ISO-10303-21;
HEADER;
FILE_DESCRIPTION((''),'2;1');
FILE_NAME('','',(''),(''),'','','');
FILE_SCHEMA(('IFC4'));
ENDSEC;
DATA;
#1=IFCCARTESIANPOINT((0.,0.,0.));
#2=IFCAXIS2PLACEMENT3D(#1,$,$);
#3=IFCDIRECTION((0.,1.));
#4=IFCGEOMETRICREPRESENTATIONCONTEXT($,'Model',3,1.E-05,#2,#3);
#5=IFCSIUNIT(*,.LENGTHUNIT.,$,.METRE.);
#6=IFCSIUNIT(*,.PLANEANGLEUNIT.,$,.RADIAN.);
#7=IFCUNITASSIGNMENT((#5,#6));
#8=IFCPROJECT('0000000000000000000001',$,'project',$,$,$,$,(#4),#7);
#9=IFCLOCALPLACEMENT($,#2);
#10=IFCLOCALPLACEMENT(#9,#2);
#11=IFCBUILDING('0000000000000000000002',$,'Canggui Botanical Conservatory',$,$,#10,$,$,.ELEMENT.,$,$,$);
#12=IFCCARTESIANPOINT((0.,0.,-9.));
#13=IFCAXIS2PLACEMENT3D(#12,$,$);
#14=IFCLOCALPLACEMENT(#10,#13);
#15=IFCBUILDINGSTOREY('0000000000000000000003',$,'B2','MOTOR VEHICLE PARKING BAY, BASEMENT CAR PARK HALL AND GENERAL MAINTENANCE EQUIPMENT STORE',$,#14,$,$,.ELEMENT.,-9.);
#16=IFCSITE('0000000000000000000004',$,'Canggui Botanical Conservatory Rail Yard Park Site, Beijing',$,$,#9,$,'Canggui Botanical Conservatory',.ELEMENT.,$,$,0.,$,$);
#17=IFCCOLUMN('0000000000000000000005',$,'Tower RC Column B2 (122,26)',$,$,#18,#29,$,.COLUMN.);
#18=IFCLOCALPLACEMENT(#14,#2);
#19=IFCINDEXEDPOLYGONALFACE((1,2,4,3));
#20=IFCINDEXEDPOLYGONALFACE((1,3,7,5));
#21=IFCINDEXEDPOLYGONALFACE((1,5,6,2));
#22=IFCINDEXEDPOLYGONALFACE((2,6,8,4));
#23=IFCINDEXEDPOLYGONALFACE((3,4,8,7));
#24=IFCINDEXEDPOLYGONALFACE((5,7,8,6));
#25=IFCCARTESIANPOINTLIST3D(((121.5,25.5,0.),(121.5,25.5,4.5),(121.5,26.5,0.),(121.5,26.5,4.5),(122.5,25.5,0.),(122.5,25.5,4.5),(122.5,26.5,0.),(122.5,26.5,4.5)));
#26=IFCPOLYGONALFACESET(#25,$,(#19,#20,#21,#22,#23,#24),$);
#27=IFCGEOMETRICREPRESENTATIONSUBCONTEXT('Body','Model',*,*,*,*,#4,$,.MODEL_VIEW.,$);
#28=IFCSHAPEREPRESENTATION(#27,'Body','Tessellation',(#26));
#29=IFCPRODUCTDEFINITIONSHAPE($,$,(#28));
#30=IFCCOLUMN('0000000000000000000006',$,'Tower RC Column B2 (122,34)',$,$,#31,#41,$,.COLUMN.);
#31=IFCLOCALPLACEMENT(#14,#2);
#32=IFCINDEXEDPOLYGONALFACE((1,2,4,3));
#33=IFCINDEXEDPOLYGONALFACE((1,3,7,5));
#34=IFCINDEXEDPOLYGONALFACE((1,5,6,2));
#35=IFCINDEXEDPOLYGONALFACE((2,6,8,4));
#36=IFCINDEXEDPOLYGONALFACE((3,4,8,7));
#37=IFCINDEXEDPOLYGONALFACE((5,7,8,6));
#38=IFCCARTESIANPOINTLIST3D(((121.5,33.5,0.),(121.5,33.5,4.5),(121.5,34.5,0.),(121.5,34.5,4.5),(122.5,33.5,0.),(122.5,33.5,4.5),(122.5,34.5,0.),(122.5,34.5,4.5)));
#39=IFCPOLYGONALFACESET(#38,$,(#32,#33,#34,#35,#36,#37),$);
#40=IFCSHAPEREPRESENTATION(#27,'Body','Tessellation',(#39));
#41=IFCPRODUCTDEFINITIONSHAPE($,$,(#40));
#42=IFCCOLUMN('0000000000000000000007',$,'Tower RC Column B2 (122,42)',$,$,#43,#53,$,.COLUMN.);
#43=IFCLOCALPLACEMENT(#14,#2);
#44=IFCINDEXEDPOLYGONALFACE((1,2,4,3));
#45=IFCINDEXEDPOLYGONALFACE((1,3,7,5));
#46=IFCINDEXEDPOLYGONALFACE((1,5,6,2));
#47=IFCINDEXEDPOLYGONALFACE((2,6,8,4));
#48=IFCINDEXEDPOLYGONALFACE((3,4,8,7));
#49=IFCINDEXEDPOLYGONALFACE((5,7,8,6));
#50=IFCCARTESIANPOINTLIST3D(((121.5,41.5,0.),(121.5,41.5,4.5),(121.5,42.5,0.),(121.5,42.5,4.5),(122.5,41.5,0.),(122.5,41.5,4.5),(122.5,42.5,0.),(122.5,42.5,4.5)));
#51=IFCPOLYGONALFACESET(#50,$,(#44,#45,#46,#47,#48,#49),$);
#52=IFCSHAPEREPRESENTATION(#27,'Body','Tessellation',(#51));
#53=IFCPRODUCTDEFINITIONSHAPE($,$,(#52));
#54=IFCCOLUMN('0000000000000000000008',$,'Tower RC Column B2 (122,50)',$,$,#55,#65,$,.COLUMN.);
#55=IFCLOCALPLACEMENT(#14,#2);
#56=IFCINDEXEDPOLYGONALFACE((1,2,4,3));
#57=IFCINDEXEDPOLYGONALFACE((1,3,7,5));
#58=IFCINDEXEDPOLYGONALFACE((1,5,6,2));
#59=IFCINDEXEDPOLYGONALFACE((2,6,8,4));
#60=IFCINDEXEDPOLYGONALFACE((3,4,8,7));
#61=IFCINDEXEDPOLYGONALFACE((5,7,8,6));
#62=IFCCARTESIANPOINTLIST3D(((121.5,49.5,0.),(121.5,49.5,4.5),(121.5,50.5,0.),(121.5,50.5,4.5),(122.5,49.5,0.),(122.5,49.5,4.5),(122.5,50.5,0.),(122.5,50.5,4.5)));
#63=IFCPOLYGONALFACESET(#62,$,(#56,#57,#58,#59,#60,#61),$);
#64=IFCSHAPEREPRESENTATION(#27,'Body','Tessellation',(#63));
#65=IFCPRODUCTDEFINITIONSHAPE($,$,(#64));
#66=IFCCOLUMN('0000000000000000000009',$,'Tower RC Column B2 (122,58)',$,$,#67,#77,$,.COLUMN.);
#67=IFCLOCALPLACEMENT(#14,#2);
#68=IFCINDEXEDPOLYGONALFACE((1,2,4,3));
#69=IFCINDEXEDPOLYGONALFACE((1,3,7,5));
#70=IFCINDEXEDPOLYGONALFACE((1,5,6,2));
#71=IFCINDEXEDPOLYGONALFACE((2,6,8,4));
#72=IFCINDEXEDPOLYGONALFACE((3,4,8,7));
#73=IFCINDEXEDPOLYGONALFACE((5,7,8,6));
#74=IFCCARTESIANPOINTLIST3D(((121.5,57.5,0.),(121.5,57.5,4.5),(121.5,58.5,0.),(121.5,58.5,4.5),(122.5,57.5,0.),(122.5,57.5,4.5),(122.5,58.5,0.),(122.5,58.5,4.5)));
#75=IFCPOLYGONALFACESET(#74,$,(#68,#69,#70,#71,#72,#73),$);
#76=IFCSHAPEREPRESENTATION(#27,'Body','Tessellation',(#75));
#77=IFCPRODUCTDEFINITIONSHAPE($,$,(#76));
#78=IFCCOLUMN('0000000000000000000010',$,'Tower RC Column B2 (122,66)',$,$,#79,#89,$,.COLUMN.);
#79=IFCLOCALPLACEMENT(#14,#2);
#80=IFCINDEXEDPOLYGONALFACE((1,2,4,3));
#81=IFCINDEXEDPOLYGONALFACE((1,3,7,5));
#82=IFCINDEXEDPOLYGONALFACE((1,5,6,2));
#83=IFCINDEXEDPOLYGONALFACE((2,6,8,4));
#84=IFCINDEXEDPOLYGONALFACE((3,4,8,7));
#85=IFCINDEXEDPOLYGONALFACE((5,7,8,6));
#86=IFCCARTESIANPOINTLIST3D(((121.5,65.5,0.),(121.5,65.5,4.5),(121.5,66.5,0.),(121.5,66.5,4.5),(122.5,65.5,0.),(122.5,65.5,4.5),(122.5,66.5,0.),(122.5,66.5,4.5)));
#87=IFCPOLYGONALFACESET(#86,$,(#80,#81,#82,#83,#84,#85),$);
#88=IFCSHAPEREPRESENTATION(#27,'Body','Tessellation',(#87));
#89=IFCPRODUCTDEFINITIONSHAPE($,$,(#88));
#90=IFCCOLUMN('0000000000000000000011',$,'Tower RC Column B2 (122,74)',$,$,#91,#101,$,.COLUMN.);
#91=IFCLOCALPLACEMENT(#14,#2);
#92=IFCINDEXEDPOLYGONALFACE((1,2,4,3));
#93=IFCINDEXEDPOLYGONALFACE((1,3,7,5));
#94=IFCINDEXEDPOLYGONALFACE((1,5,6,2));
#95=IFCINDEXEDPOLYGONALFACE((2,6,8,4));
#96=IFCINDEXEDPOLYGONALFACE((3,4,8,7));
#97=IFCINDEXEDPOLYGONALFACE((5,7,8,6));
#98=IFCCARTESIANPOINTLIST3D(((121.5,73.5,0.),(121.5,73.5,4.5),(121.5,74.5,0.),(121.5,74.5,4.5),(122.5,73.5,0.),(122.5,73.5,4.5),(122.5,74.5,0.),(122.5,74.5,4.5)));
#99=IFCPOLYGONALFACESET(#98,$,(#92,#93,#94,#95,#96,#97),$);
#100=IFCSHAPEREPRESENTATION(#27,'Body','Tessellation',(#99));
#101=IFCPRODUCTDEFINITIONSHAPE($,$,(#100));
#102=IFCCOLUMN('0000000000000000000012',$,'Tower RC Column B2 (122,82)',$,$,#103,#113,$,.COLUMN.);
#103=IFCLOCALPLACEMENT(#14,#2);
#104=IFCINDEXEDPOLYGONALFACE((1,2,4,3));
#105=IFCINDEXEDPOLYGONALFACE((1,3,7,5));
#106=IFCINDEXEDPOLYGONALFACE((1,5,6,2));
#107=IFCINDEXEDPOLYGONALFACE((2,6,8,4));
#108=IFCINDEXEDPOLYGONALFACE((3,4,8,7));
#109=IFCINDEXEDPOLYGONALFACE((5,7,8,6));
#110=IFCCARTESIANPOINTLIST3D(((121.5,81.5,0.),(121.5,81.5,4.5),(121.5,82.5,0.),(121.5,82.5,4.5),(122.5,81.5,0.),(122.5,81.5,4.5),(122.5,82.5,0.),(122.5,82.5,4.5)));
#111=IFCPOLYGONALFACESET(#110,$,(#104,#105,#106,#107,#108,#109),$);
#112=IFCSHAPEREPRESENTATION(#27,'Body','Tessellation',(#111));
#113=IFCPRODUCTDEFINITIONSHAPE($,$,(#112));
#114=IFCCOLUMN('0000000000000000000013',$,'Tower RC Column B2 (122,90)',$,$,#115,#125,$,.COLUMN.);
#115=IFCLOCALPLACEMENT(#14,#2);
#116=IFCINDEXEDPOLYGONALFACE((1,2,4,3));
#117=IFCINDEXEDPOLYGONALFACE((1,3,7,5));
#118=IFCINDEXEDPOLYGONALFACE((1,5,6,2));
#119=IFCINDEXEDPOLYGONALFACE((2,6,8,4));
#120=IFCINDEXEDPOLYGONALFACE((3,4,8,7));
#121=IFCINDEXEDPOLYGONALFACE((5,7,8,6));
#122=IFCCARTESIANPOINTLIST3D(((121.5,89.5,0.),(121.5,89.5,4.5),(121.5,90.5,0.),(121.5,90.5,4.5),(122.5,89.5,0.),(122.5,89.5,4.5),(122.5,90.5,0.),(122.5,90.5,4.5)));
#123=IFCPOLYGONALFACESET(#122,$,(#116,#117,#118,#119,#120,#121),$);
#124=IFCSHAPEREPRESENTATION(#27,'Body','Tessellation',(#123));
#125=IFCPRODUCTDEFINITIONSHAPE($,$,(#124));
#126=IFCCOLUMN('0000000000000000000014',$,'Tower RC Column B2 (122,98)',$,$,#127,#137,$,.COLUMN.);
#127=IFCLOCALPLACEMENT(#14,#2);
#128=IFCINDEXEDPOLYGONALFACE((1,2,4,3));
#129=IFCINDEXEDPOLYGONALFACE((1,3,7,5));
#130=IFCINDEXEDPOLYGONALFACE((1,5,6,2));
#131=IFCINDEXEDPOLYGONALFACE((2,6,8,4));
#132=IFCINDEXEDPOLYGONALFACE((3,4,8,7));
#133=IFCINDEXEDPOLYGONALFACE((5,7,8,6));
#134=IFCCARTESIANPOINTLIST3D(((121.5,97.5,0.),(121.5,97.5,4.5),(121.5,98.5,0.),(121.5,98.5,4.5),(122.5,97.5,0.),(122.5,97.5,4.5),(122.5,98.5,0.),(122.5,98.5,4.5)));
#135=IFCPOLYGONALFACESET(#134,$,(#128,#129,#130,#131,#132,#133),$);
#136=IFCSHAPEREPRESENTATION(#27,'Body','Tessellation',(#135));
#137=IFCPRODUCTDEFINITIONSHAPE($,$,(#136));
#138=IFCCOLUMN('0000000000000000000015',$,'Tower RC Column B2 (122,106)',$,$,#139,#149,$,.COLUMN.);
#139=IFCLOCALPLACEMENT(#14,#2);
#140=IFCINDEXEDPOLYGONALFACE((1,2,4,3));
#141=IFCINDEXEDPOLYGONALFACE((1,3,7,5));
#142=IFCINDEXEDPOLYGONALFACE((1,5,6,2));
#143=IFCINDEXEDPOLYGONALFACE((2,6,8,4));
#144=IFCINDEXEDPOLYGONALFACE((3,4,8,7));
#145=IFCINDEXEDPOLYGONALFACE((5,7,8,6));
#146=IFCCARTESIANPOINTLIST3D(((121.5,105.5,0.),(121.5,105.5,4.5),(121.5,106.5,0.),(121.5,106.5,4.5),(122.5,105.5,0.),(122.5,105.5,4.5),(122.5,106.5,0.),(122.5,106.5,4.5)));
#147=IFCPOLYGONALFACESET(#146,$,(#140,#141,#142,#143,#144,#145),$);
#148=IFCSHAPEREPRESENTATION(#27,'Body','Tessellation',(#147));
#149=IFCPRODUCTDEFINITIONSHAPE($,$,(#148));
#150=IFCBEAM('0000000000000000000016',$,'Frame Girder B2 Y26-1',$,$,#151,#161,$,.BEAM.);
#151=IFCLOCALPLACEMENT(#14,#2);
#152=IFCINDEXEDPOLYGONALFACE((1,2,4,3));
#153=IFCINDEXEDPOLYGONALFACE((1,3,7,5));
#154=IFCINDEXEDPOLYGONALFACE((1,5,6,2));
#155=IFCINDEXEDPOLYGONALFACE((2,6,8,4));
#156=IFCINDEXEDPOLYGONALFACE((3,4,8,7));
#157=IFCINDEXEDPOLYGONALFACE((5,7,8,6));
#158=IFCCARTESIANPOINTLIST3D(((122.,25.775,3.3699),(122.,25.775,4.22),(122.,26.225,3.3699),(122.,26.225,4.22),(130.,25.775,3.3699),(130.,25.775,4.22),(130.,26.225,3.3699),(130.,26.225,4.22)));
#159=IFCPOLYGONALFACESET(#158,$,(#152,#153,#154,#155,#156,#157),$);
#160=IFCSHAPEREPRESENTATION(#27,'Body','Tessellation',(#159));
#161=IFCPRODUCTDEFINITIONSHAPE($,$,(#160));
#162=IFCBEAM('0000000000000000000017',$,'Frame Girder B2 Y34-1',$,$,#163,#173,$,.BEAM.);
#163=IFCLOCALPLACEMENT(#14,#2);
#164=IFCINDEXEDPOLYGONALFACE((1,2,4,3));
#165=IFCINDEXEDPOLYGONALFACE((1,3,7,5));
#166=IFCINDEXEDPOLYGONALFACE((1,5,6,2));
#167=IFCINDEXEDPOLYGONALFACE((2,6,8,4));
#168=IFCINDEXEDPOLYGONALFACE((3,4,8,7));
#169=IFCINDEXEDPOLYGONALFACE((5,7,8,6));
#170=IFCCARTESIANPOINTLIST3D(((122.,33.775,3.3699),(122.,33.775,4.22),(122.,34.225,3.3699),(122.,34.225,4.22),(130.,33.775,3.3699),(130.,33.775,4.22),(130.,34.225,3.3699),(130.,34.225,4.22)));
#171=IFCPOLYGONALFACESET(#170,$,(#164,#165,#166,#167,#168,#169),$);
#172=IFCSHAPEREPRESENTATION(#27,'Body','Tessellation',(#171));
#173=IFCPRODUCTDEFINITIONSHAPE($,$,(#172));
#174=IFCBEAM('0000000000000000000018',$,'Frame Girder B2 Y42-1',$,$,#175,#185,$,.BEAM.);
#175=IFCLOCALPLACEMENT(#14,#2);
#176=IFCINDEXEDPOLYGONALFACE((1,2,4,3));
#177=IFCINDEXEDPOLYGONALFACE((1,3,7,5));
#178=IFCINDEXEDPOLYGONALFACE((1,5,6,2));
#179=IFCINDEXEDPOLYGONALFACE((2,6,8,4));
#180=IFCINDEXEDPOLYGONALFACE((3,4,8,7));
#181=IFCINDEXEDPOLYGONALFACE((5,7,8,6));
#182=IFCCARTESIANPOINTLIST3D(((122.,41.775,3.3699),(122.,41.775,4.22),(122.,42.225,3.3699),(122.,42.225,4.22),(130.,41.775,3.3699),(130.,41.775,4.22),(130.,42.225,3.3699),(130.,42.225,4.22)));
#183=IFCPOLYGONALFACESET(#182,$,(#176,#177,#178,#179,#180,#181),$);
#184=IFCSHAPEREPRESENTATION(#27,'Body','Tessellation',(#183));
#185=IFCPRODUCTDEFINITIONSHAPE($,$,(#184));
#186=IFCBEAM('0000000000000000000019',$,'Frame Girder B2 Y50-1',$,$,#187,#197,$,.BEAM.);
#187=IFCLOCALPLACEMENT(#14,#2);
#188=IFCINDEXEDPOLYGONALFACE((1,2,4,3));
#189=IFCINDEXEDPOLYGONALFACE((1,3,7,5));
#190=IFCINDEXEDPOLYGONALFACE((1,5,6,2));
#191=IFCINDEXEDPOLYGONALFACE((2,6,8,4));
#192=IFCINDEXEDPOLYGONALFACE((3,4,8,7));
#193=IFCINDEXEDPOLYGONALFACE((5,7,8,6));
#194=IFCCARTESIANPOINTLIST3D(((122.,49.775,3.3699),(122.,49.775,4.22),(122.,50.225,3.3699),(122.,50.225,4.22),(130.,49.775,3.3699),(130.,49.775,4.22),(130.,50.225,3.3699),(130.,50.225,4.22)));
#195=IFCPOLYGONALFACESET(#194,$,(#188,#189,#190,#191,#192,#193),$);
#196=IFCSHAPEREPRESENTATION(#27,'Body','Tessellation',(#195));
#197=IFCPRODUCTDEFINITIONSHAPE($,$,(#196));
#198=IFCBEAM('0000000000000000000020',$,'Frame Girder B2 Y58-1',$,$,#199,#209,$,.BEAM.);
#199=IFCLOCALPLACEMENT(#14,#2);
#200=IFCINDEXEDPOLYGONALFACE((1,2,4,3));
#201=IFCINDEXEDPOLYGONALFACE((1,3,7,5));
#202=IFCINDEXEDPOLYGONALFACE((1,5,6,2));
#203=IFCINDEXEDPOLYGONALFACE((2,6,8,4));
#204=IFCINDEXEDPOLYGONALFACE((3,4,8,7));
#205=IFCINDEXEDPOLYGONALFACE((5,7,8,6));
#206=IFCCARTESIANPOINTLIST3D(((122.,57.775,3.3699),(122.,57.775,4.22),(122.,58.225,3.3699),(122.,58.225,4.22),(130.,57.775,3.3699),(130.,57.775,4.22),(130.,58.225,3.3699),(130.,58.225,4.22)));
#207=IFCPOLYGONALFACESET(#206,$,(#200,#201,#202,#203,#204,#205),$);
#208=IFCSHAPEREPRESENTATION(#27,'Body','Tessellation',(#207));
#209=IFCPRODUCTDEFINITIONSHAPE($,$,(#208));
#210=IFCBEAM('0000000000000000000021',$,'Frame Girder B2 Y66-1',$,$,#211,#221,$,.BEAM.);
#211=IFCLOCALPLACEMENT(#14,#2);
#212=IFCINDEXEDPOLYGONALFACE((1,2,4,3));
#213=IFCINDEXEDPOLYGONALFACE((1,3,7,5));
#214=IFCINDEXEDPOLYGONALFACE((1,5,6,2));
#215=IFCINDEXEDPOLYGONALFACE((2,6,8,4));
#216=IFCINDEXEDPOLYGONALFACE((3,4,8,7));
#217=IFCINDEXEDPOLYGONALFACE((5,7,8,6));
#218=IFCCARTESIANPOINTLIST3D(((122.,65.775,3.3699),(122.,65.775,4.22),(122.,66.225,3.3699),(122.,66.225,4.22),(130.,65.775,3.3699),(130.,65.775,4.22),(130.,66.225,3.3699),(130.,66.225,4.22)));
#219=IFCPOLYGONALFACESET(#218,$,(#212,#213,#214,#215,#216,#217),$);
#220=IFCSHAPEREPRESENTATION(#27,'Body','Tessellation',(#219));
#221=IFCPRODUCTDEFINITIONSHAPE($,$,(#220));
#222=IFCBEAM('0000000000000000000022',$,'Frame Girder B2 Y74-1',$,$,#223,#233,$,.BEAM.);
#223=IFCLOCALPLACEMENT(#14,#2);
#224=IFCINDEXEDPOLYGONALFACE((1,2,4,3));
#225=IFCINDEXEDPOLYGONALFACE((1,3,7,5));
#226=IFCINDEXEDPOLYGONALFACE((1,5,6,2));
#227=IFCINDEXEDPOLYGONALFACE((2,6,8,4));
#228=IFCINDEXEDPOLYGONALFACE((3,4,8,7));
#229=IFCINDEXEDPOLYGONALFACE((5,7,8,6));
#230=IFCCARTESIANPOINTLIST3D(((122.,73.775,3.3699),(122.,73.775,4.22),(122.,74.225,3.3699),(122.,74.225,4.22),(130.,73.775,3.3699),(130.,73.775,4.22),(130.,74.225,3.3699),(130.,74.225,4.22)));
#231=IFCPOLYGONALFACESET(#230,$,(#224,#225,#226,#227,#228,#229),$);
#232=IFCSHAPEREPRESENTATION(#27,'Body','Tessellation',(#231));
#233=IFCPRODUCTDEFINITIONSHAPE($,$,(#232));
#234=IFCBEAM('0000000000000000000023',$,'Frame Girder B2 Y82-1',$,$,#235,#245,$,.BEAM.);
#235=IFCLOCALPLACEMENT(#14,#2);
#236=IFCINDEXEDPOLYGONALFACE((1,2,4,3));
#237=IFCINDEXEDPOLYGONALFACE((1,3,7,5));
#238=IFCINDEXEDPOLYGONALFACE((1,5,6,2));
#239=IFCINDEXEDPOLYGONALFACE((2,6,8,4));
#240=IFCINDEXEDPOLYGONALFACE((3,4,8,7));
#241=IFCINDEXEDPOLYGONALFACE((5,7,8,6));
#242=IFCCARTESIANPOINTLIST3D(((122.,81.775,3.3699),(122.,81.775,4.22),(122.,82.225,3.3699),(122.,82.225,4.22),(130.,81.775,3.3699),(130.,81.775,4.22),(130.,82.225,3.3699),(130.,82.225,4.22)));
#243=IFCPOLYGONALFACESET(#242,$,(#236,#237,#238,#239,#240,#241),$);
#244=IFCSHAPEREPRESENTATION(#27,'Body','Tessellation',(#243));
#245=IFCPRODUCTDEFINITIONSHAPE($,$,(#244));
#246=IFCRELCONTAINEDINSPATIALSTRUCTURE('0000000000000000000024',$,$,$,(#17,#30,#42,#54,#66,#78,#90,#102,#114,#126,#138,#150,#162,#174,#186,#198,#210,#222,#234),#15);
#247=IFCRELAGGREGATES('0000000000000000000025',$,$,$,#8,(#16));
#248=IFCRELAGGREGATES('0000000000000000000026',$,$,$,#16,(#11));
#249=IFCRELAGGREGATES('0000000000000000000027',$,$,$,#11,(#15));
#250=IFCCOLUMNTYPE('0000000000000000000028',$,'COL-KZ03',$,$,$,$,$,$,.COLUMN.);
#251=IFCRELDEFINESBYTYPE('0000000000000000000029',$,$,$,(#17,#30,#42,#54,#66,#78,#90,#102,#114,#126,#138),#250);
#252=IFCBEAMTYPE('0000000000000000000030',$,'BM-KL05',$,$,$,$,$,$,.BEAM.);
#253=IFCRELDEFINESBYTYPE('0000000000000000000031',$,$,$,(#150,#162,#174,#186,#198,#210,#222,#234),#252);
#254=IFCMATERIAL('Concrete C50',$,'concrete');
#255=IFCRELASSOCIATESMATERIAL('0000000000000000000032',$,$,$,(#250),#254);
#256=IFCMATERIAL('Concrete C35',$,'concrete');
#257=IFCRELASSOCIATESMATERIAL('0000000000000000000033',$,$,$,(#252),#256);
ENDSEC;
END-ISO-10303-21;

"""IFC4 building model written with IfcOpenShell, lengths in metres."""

from ifc_helpers import new_model, si_unit, direction, frame, origin, origin_2d, place, context, subcontext, project, spatial, rectangle, extrude, material, material_profile, profile_set, type_object, element, save


model = new_model("IFC4")

# Units and contexts
model_context = context("Model", 3, precision=1e-05, world=origin(), true_north=direction((0.0, 1.0)))
body_context = subcontext(model_context, "Body", "Model", "MODEL_VIEW")
ifc_project = project(units=[si_unit("LENGTHUNIT", "METRE"), si_unit("PLANEANGLEUNIT", "RADIAN")], contexts=[model_context])

# Site, building, storey
site_placement = place(None, origin())
site = spatial("IfcSite", under=ifc_project, at=site_placement, Name="Canggui Botanical Conservatory Rail Yard Park Site, Beijing", LongName="Canggui Botanical Conservatory", CompositionType="ELEMENT", RefElevation=0.0)
building_placement = place(site_placement, origin())
building = spatial("IfcBuilding", under=site, at=building_placement, Name="Canggui Botanical Conservatory", CompositionType="ELEMENT")
storey_placement = place(building_placement, frame((0.0, 0.0, -9.0)))
storey = spatial("IfcBuildingStorey", under=building, at=storey_placement, Name="B2", Description="MOTOR VEHICLE PARKING BAY, BASEMENT CAR PARK HALL AND GENERAL MAINTENANCE EQUIPMENT STORE", CompositionType="ELEMENT", Elevation=-9.0)

# Columns
ifc_material_1 = material(Name="Concrete C50", Category="concrete")
ifc_material_profile_1 = material_profile(ifc_material_1, rectangle(XDim=1.0, YDim=1.0, at=origin_2d()), Name="RC 1000x1000")
ifc_profile_set_1 = profile_set([ifc_material_profile_1], Name="Concrete C50")
column_type = type_object("IfcColumnType", Name="COL-KZ03", PredefinedType="COLUMN", material=ifc_profile_set_1)
for number, where, z_axis, x_axis, name in (
    (1, (122.0, 26.0, 0.0), (0.0, 0.0, 1.0), (1.0, 0.0, 0.0), "Tower RC Column B2 (122,26)"),
    (2, (122.0, 34.0, 0.0), (0.0, 0.0, 1.0), (1.0, 0.0, 0.0), "Tower RC Column B2 (122,34)"),
    (3, (122.0, 42.0, 0.0), (0.0, 0.0, 1.0), (1.0, 0.0, 0.0), "Tower RC Column B2 (122,42)"),
    (4, (122.0, 50.0, 0.0), (0.0, 0.0, 1.0), (1.0, 0.0, 0.0), "Tower RC Column B2 (122,50)"),
    (5, (122.0, 58.0, 0.0), (0.0, 0.0, 1.0), (1.0, 0.0, 0.0), "Tower RC Column B2 (122,58)"),
    (6, (122.0, 66.0, 0.0), (0.0, 0.0, 1.0), (1.0, 0.0, 0.0), "Tower RC Column B2 (122,66)"),
    (7, (122.0, 74.0, 0.0), (0.0, 0.0, 1.0), (1.0, 0.0, 0.0), "Tower RC Column B2 (122,74)"),
    (8, (122.0, 82.0, 0.0), (0.0, 0.0, 1.0), (1.0, 0.0, 0.0), "Tower RC Column B2 (122,82)"),
    (9, (122.0, 90.0, 0.0), (0.0, 0.0, 1.0), (1.0, 0.0, 0.0), "Tower RC Column B2 (122,90)"),
    (10, (122.0, 98.0, 0.0), (0.0, 0.0, 1.0), (1.0, 0.0, 0.0), "Tower RC Column B2 (122,98)"),
    (11, (122.0, 106.0, 0.0), (0.0, 0.0, 1.0), (1.0, 0.0, 0.0), "Tower RC Column B2 (122,106)"),
):
    element("IfcColumn", number, at=place(storey_placement, frame(where, z_axis=z_axis, x_axis=x_axis)), inside=storey, type_object=column_type, Name=name, PredefinedType="COLUMN", context=body_context, shape_type="SweptSolid", body=[
        extrude(rectangle(XDim=1.0, YDim=1.0, at=origin_2d()), origin(), (0.0, 0.0, 1.0), 4.5),
    ])

# Beams
ifc_material_2 = material(Name="Concrete C35", Category="concrete")
ifc_material_profile_2 = material_profile(ifc_material_2, rectangle(XDim=0.45, YDim=0.8501, at=origin_2d()), Name="RB 450x850")
ifc_profile_set_2 = profile_set([ifc_material_profile_2], Name="Concrete C35")
beam_type_1 = type_object("IfcBeamType", Name="BM-KL05", PredefinedType="BEAM", material=ifc_profile_set_2)
for number, where, z_axis, x_axis, name in (
    (12, (122.0, 26.0, 3.7949), (1.0, 0.0, 0.0), (0.0, 1.0, 0.0), "Frame Girder B2 Y26-1"),
    (13, (122.0, 34.0, 3.7949), (1.0, 0.0, 0.0), (0.0, 1.0, 0.0), "Frame Girder B2 Y34-1"),
    (14, (122.0, 42.0, 3.7949), (1.0, 0.0, 0.0), (0.0, 1.0, 0.0), "Frame Girder B2 Y42-1"),
    (15, (122.0, 50.0, 3.7949), (1.0, 0.0, 0.0), (0.0, 1.0, 0.0), "Frame Girder B2 Y50-1"),
    (16, (122.0, 58.0, 3.7949), (1.0, 0.0, 0.0), (0.0, 1.0, 0.0), "Frame Girder B2 Y58-1"),
    (17, (122.0, 66.0, 3.7949), (1.0, 0.0, 0.0), (0.0, 1.0, 0.0), "Frame Girder B2 Y66-1"),
    (18, (122.0, 74.0, 3.7949), (1.0, 0.0, 0.0), (0.0, 1.0, 0.0), "Frame Girder B2 Y74-1"),
    (19, (122.0, 82.0, 3.7949), (1.0, 0.0, 0.0), (0.0, 1.0, 0.0), "Frame Girder B2 Y82-1"),
):
    element("IfcBeam", number, at=place(storey_placement, frame(where, z_axis=z_axis, x_axis=x_axis)), inside=storey, type_object=beam_type_1, Name=name, PredefinedType="BEAM", context=body_context, shape_type="SweptSolid", body=[
        extrude(rectangle(XDim=0.45, YDim=0.8501, at=origin_2d()), origin(), (0.0, 0.0, 1.0), 8.0),
    ])

save(model, "model.ifc")
